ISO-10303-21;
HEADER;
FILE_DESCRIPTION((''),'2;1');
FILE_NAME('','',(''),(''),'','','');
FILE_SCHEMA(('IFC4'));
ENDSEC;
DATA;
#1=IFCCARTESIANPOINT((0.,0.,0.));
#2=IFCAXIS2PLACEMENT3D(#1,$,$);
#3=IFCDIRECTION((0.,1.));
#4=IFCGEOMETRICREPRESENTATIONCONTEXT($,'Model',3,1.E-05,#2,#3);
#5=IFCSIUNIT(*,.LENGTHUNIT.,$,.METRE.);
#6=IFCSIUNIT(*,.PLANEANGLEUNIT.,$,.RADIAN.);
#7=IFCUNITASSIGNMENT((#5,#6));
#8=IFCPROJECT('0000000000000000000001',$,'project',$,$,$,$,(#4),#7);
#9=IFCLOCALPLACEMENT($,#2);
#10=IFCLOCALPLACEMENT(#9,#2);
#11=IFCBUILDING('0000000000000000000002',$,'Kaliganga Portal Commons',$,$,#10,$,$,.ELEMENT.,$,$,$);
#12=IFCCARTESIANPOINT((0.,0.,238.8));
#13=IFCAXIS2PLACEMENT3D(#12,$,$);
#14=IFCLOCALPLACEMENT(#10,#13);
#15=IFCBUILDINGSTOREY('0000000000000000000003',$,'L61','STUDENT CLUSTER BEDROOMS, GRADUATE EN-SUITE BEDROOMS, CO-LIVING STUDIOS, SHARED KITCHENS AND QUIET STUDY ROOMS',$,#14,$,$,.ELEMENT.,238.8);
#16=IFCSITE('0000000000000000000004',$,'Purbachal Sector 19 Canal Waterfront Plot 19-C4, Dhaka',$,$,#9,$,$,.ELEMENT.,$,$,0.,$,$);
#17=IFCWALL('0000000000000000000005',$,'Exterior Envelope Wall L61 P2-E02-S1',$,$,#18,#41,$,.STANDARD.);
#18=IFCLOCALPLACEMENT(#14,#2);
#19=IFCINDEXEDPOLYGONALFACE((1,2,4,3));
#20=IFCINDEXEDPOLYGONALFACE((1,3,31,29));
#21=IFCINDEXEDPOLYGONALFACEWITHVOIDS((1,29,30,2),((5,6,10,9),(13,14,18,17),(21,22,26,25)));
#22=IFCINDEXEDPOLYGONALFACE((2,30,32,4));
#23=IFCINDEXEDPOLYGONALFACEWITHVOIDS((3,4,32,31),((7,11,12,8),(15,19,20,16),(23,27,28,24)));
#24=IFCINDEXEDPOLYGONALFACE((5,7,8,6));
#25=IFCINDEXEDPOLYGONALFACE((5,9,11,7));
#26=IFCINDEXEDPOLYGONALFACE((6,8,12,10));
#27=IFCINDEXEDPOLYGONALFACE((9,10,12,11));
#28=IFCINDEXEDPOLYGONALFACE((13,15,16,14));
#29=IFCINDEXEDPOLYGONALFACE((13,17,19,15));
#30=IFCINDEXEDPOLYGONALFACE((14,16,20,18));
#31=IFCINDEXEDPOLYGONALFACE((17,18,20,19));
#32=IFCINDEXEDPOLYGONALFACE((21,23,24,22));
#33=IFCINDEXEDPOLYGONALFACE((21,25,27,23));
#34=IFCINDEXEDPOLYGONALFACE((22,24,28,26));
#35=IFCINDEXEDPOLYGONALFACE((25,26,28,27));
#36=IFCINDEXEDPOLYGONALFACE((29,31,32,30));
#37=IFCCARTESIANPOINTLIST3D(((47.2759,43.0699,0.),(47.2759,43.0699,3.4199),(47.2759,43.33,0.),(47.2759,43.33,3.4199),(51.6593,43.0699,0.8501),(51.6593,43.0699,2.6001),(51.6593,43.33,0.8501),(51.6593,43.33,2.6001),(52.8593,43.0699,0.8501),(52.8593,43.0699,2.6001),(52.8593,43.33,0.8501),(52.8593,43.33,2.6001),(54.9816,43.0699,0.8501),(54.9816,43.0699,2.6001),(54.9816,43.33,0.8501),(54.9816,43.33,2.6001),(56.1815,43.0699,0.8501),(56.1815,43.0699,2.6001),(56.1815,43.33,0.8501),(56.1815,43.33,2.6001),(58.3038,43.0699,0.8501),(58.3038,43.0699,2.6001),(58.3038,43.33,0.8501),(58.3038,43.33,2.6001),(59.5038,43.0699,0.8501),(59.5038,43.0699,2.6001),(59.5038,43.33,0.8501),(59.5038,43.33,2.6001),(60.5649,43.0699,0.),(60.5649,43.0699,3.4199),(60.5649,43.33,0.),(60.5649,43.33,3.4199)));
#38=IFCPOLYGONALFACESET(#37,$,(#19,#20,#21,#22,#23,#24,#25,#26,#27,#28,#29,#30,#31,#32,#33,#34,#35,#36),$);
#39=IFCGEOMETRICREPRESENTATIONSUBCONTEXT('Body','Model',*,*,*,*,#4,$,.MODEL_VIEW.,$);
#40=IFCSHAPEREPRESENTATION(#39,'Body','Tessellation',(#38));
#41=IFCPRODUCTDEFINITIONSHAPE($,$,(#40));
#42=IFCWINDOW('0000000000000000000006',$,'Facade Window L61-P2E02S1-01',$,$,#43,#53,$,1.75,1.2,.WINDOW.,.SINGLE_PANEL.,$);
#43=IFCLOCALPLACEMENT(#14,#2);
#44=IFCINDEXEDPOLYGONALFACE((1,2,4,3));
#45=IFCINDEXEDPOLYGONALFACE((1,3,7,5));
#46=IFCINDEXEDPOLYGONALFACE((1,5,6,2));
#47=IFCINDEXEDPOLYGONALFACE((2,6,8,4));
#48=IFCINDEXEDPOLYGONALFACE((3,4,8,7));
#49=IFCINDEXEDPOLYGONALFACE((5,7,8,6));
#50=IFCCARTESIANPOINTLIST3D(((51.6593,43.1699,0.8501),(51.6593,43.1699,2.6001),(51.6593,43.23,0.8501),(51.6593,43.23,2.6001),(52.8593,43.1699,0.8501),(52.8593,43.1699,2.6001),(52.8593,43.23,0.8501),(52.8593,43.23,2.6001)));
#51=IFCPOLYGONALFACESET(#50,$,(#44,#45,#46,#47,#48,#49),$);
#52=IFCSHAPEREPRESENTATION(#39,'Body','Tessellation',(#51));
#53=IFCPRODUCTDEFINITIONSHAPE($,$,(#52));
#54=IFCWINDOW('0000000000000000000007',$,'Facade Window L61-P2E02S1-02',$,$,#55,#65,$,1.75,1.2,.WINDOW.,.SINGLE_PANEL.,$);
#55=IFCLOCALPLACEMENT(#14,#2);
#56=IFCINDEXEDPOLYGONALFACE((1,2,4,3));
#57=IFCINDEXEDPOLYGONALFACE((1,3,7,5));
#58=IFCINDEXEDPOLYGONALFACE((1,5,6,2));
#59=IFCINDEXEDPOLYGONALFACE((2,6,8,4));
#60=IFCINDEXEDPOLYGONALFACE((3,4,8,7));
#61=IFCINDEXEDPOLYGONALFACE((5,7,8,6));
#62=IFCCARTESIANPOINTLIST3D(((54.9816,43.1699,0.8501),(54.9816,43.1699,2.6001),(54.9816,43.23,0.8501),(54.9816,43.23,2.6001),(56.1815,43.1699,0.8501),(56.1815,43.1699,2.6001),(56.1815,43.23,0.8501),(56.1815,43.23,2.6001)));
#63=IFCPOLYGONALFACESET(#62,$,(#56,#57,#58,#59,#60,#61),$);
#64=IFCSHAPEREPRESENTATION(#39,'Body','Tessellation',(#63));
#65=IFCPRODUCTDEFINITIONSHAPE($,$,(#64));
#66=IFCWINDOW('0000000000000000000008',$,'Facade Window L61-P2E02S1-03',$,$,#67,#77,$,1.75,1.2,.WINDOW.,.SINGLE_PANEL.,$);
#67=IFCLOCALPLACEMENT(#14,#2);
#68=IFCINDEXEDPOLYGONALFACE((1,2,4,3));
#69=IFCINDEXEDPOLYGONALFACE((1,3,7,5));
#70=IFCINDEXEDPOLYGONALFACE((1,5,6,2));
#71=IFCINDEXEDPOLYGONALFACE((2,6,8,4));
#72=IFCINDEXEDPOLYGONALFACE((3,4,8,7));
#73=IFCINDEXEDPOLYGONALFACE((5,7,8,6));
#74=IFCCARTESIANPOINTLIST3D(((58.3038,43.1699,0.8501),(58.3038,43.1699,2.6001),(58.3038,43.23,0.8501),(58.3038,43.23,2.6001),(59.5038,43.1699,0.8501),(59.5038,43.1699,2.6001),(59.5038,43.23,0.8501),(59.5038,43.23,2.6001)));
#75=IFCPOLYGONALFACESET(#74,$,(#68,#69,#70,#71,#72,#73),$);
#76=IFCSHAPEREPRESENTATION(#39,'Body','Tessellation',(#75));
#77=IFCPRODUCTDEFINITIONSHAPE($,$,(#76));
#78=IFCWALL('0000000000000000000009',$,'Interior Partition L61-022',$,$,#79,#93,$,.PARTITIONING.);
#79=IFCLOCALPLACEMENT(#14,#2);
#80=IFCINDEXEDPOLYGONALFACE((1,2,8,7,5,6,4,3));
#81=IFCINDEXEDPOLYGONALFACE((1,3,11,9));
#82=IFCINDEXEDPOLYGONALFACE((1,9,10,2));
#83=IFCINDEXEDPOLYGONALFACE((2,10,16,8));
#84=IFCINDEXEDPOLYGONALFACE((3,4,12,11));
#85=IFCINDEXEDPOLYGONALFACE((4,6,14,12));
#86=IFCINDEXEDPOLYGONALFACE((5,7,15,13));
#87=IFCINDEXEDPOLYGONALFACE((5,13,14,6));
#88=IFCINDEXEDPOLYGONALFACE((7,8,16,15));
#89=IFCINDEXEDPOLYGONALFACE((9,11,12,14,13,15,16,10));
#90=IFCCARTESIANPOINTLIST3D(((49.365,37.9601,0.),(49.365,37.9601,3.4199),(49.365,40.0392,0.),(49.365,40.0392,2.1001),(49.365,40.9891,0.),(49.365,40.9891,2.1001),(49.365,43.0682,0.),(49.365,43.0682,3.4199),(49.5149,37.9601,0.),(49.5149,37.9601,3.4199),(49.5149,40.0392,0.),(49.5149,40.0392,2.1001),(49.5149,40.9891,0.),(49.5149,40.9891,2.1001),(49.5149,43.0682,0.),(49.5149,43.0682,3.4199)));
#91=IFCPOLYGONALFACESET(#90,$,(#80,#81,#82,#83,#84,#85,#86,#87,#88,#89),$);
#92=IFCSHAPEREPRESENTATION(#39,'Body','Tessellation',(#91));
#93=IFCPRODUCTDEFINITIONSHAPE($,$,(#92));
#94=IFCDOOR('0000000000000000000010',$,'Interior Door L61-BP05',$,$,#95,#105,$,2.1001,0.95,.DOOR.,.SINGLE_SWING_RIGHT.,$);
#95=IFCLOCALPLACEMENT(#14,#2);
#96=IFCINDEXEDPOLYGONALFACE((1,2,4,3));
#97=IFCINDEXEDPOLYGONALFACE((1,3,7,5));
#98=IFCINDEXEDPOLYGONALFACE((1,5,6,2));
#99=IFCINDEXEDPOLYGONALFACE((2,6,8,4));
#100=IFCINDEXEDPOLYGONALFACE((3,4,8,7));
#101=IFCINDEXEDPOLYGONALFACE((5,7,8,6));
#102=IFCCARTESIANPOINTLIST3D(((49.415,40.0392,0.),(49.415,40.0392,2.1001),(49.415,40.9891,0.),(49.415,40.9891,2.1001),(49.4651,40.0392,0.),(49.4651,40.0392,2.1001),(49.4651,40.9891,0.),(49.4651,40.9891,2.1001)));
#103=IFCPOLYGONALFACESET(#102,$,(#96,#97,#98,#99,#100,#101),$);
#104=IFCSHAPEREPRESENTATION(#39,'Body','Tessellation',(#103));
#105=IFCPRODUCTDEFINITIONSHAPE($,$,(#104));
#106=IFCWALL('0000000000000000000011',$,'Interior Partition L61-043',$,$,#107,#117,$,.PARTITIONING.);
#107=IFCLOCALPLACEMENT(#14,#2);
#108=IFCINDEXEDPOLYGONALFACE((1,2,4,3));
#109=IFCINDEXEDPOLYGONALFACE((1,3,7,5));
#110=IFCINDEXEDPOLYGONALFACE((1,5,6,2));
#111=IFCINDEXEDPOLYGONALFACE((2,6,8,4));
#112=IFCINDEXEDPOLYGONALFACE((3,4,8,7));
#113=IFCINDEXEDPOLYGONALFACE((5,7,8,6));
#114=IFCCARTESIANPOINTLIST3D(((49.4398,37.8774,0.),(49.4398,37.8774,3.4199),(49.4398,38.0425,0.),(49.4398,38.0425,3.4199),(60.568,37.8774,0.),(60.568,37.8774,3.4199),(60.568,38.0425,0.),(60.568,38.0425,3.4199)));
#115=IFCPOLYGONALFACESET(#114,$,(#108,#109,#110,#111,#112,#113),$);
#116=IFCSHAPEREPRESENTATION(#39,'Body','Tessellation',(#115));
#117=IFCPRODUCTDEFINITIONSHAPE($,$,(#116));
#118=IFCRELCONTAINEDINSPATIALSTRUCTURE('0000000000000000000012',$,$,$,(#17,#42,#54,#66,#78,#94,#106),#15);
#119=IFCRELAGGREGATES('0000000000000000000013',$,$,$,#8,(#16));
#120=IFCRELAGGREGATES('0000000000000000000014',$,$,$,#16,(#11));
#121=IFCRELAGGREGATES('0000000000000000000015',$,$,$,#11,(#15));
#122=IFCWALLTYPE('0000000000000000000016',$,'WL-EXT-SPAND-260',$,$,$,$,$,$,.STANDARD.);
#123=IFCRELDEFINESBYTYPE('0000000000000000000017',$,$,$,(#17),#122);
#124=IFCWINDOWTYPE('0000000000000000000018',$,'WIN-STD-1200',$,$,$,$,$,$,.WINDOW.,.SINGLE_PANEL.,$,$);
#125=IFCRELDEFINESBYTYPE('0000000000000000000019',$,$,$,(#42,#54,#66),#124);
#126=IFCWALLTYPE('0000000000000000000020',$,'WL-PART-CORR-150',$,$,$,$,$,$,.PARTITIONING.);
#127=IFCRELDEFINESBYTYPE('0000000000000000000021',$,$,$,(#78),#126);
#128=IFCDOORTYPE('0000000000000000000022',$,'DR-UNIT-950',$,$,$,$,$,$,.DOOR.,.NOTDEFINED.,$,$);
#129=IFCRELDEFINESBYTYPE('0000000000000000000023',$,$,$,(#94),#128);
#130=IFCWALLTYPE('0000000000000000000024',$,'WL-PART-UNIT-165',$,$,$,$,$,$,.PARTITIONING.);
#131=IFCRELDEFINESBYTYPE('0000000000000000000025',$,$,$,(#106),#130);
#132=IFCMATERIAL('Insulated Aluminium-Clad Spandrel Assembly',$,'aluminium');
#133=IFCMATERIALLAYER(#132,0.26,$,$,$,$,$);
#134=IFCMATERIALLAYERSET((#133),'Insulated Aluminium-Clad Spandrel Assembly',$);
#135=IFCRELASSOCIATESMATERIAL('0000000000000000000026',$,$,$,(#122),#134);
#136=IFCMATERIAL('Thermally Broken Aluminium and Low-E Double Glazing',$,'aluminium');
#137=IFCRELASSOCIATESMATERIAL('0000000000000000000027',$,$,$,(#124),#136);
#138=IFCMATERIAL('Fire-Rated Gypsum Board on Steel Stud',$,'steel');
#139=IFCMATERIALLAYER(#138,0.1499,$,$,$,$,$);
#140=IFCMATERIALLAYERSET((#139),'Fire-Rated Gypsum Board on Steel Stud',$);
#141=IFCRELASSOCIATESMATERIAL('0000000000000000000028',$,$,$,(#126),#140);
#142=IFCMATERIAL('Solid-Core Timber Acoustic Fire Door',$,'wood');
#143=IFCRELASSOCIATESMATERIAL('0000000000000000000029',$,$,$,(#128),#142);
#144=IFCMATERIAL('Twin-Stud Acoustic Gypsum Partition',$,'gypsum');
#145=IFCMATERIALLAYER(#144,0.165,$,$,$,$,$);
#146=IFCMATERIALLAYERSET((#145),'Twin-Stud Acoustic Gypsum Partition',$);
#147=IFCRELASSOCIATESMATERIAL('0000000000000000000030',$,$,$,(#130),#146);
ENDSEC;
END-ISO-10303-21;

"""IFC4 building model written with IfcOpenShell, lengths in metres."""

from ifc_helpers import new_model, si_unit, direction, frame, frame_2d, origin, place, context, subcontext, project, spatial, rectangle, extrude, material, layer, layer_set, type_object, element, fill, save


model = new_model("IFC4")

# Units and contexts
model_context = context("Model", 3, precision=1e-05, world=origin(), true_north=direction((0.0, 1.0)))
body_context = subcontext(model_context, "Body", "Model", "MODEL_VIEW")
ifc_project = project(units=[si_unit("LENGTHUNIT", "METRE"), si_unit("PLANEANGLEUNIT", "RADIAN")], contexts=[model_context])

# Site, building, storey
site_placement = place(None, origin())
site = spatial("IfcSite", under=ifc_project, at=site_placement, Name="Purbachal Sector 19 Canal Waterfront Plot 19-C4, Dhaka", CompositionType="ELEMENT", RefElevation=0.0)
building_placement = place(site_placement, origin())
building = spatial("IfcBuilding", under=site, at=building_placement, Name="Kaliganga Portal Commons", CompositionType="ELEMENT")
storey_placement = place(building_placement, frame((0.0, 0.0, 238.8)))
storey = spatial("IfcBuildingStorey", under=building, at=storey_placement, Name="L61", Description="STUDENT CLUSTER BEDROOMS, GRADUATE EN-SUITE BEDROOMS, CO-LIVING STUDIOS, SHARED KITCHENS AND QUIET STUDY ROOMS", CompositionType="ELEMENT", Elevation=238.8)

# Wall, openings, windows
ifc_material_1 = material(Name="Insulated Aluminium-Clad Spandrel Assembly", Category="aluminium")
ifc_layer_1 = layer(ifc_material_1, 0.26)
ifc_layer_set_1 = layer_set([ifc_layer_1], Name="Insulated Aluminium-Clad Spandrel Assembly")
wall_type_1 = type_object("IfcWallType", Name="WL-EXT-SPAND-260", PredefinedType="STANDARD", material=ifc_layer_set_1)
ifc_material_2 = material(Name="Thermally Broken Aluminium and Low-E Double Glazing", Category="aluminium")
window_type_1 = type_object("IfcWindowType", Name="WIN-STD-1200", PartitioningType="SINGLE_PANEL", PredefinedType="WINDOW", material=ifc_material_2)
wall_1_placement = place(storey_placement, frame((47.2759, 43.2, 0.0), z_axis=(0.0, 0.0, 1.0), x_axis=(1.0, 0.0, 0.0)))
wall_1 = element("IfcWall", 1, at=wall_1_placement, inside=storey, type_object=wall_type_1, Name="Exterior Envelope Wall L61 P2-E02-S1", PredefinedType="STANDARD", context=body_context, shape_type="SweptSolid", body=[
    extrude(rectangle(XDim=13.2891, YDim=0.26, at=frame_2d((6.6445, 0.0))), origin(), (0.0, 0.0, 1.0), 3.4199),
])
opening_1_placement = place(wall_1_placement, frame((4.3833, 0.0, 0.8501)))
opening_1 = element("IfcOpeningElement", 2, at=opening_1_placement, cuts=wall_1, PredefinedType="OPENING", context=body_context, shape_type="SweptSolid", body=[
    extrude(rectangle(XDim=1.2, YDim=1.75, at=frame_2d((0.6001, 0.875))), frame((0.0, 0.1401, 0.0), z_axis=(0.0, -1.0, 0.0), x_axis=(1.0, 0.0, 0.0)), (0.0, 0.0, 1.0), 0.28),
])
opening_2_placement = place(wall_1_placement, frame((7.7056, 0.0, 0.8501)))
opening_2 = element("IfcOpeningElement", 3, at=opening_2_placement, cuts=wall_1, PredefinedType="OPENING", context=body_context, shape_type="SweptSolid", body=[
    extrude(rectangle(XDim=1.2, YDim=1.75, at=frame_2d((0.6001, 0.875))), frame((0.0, 0.1401, 0.0), z_axis=(0.0, -1.0, 0.0), x_axis=(1.0, 0.0, 0.0)), (0.0, 0.0, 1.0), 0.28),
])
opening_3_placement = place(wall_1_placement, frame((11.0278, 0.0, 0.8501)))
opening_3 = element("IfcOpeningElement", 4, at=opening_3_placement, cuts=wall_1, PredefinedType="OPENING", context=body_context, shape_type="SweptSolid", body=[
    extrude(rectangle(XDim=1.2, YDim=1.75, at=frame_2d((0.6001, 0.875))), frame((0.0, 0.1401, 0.0), z_axis=(0.0, -1.0, 0.0), x_axis=(1.0, 0.0, 0.0)), (0.0, 0.0, 1.0), 0.28),
])
window_1_placement = place(opening_1_placement, origin())
window_1 = element("IfcWindow", 5, at=window_1_placement, inside=storey, type_object=window_type_1, Name="Facade Window L61-P2E02S1-01", OverallHeight=1.75, OverallWidth=1.2, PartitioningType="SINGLE_PANEL", PredefinedType="WINDOW", context=body_context, shape_type="SweptSolid", body=[
    extrude(rectangle(XDim=1.2, YDim=1.75, at=frame_2d((0.6001, 0.875))), frame((0.0, 0.03, 0.0), z_axis=(0.0, -1.0, 0.0), x_axis=(1.0, 0.0, 0.0)), (0.0, 0.0, 1.0), 0.0601),
])
fill(opening_1, window_1)
window_2_placement = place(opening_2_placement, origin())
window_2 = element("IfcWindow", 6, at=window_2_placement, inside=storey, type_object=window_type_1, Name="Facade Window L61-P2E02S1-02", OverallHeight=1.75, OverallWidth=1.2, PartitioningType="SINGLE_PANEL", PredefinedType="WINDOW", context=body_context, shape_type="SweptSolid", body=[
    extrude(rectangle(XDim=1.2, YDim=1.75, at=frame_2d((0.6001, 0.875))), frame((0.0, 0.03, 0.0), z_axis=(0.0, -1.0, 0.0), x_axis=(1.0, 0.0, 0.0)), (0.0, 0.0, 1.0), 0.0601),
])
fill(opening_2, window_2)
window_3_placement = place(opening_3_placement, origin())
window_3 = element("IfcWindow", 7, at=window_3_placement, inside=storey, type_object=window_type_1, Name="Facade Window L61-P2E02S1-03", OverallHeight=1.75, OverallWidth=1.2, PartitioningType="SINGLE_PANEL", PredefinedType="WINDOW", context=body_context, shape_type="SweptSolid", body=[
    extrude(rectangle(XDim=1.2, YDim=1.75, at=frame_2d((0.6001, 0.875))), frame((0.0, 0.03, 0.0), z_axis=(0.0, -1.0, 0.0), x_axis=(1.0, 0.0, 0.0)), (0.0, 0.0, 1.0), 0.0601),
])
fill(opening_3, window_3)

# Wall, opening, door
ifc_material_3 = material(Name="Fire-Rated Gypsum Board on Steel Stud", Category="steel")
ifc_layer_2 = layer(ifc_material_3, 0.1499)
ifc_layer_set_2 = layer_set([ifc_layer_2], Name="Fire-Rated Gypsum Board on Steel Stud")
wall_type_2 = type_object("IfcWallType", Name="WL-PART-CORR-150", PredefinedType="PARTITIONING", material=ifc_layer_set_2)
wall_2_placement = place(storey_placement, frame((49.4399, 37.96, 0.0), z_axis=(0.0, 0.0, 1.0), x_axis=(0.0, 1.0, 0.0)))
wall_2 = element("IfcWall", 8, at=wall_2_placement, inside=storey, type_object=wall_type_2, Name="Interior Partition L61-022", PredefinedType="PARTITIONING", context=body_context, shape_type="SweptSolid", body=[
    extrude(rectangle(XDim=5.1082, YDim=0.1499, at=frame_2d((2.5542, 0.0))), origin(), (0.0, 0.0, 1.0), 3.4199),
])
opening_4_placement = place(wall_2_placement, frame((2.0791, 0.0, 0.0)))
opening_4 = element("IfcOpeningElement", 9, at=opening_4_placement, cuts=wall_2, PredefinedType="OPENING", context=body_context, shape_type="SweptSolid", body=[
    extrude(rectangle(XDim=0.95, YDim=2.1001, at=frame_2d((0.4751, 1.05))), frame((0.0, 0.085, 0.0), z_axis=(0.0, -1.0, 0.0), x_axis=(1.0, 0.0, 0.0)), (0.0, 0.0, 1.0), 0.1699),
])
ifc_material_4 = material(Name="Solid-Core Timber Acoustic Fire Door", Category="wood")
door_type = type_object("IfcDoorType", Name="DR-UNIT-950", OperationType="NOTDEFINED", PredefinedType="DOOR", material=ifc_material_4)
door_placement = place(opening_4_placement, origin())
door = element("IfcDoor", 10, at=door_placement, inside=storey, type_object=door_type, Name="Interior Door L61-BP05", OperationType="SINGLE_SWING_RIGHT", OverallHeight=2.1001, OverallWidth=0.95, PredefinedType="DOOR", context=body_context, shape_type="SweptSolid", body=[
    extrude(rectangle(XDim=0.95, YDim=2.1001, at=frame_2d((0.4751, 1.05))), frame((0.0, 0.0249, 0.0), z_axis=(0.0, -1.0, 0.0), x_axis=(1.0, 0.0, 0.0)), (0.0, 0.0, 1.0), 0.05),
])
fill(opening_4, door)

# Wall
ifc_material_5 = material(Name="Twin-Stud Acoustic Gypsum Partition", Category="gypsum")
ifc_layer_3 = layer(ifc_material_5, 0.165)
ifc_layer_set_3 = layer_set([ifc_layer_3], Name="Twin-Stud Acoustic Gypsum Partition")
wall_type_3 = type_object("IfcWallType", Name="WL-PART-UNIT-165", PredefinedType="PARTITIONING", material=ifc_layer_set_3)
wall_3_placement = place(storey_placement, frame((49.4399, 37.96, 0.0), z_axis=(0.0, 0.0, 1.0), x_axis=(1.0, 0.0, 0.0)))
element("IfcWall", 11, at=wall_3_placement, inside=storey, type_object=wall_type_3, Name="Interior Partition L61-043", PredefinedType="PARTITIONING", context=body_context, shape_type="SweptSolid", body=[
    extrude(rectangle(XDim=11.1282, YDim=0.165, at=frame_2d((5.564, 0.0))), origin(), (0.0, 0.0, 1.0), 3.4199),
])

save(model, "model.ifc")
